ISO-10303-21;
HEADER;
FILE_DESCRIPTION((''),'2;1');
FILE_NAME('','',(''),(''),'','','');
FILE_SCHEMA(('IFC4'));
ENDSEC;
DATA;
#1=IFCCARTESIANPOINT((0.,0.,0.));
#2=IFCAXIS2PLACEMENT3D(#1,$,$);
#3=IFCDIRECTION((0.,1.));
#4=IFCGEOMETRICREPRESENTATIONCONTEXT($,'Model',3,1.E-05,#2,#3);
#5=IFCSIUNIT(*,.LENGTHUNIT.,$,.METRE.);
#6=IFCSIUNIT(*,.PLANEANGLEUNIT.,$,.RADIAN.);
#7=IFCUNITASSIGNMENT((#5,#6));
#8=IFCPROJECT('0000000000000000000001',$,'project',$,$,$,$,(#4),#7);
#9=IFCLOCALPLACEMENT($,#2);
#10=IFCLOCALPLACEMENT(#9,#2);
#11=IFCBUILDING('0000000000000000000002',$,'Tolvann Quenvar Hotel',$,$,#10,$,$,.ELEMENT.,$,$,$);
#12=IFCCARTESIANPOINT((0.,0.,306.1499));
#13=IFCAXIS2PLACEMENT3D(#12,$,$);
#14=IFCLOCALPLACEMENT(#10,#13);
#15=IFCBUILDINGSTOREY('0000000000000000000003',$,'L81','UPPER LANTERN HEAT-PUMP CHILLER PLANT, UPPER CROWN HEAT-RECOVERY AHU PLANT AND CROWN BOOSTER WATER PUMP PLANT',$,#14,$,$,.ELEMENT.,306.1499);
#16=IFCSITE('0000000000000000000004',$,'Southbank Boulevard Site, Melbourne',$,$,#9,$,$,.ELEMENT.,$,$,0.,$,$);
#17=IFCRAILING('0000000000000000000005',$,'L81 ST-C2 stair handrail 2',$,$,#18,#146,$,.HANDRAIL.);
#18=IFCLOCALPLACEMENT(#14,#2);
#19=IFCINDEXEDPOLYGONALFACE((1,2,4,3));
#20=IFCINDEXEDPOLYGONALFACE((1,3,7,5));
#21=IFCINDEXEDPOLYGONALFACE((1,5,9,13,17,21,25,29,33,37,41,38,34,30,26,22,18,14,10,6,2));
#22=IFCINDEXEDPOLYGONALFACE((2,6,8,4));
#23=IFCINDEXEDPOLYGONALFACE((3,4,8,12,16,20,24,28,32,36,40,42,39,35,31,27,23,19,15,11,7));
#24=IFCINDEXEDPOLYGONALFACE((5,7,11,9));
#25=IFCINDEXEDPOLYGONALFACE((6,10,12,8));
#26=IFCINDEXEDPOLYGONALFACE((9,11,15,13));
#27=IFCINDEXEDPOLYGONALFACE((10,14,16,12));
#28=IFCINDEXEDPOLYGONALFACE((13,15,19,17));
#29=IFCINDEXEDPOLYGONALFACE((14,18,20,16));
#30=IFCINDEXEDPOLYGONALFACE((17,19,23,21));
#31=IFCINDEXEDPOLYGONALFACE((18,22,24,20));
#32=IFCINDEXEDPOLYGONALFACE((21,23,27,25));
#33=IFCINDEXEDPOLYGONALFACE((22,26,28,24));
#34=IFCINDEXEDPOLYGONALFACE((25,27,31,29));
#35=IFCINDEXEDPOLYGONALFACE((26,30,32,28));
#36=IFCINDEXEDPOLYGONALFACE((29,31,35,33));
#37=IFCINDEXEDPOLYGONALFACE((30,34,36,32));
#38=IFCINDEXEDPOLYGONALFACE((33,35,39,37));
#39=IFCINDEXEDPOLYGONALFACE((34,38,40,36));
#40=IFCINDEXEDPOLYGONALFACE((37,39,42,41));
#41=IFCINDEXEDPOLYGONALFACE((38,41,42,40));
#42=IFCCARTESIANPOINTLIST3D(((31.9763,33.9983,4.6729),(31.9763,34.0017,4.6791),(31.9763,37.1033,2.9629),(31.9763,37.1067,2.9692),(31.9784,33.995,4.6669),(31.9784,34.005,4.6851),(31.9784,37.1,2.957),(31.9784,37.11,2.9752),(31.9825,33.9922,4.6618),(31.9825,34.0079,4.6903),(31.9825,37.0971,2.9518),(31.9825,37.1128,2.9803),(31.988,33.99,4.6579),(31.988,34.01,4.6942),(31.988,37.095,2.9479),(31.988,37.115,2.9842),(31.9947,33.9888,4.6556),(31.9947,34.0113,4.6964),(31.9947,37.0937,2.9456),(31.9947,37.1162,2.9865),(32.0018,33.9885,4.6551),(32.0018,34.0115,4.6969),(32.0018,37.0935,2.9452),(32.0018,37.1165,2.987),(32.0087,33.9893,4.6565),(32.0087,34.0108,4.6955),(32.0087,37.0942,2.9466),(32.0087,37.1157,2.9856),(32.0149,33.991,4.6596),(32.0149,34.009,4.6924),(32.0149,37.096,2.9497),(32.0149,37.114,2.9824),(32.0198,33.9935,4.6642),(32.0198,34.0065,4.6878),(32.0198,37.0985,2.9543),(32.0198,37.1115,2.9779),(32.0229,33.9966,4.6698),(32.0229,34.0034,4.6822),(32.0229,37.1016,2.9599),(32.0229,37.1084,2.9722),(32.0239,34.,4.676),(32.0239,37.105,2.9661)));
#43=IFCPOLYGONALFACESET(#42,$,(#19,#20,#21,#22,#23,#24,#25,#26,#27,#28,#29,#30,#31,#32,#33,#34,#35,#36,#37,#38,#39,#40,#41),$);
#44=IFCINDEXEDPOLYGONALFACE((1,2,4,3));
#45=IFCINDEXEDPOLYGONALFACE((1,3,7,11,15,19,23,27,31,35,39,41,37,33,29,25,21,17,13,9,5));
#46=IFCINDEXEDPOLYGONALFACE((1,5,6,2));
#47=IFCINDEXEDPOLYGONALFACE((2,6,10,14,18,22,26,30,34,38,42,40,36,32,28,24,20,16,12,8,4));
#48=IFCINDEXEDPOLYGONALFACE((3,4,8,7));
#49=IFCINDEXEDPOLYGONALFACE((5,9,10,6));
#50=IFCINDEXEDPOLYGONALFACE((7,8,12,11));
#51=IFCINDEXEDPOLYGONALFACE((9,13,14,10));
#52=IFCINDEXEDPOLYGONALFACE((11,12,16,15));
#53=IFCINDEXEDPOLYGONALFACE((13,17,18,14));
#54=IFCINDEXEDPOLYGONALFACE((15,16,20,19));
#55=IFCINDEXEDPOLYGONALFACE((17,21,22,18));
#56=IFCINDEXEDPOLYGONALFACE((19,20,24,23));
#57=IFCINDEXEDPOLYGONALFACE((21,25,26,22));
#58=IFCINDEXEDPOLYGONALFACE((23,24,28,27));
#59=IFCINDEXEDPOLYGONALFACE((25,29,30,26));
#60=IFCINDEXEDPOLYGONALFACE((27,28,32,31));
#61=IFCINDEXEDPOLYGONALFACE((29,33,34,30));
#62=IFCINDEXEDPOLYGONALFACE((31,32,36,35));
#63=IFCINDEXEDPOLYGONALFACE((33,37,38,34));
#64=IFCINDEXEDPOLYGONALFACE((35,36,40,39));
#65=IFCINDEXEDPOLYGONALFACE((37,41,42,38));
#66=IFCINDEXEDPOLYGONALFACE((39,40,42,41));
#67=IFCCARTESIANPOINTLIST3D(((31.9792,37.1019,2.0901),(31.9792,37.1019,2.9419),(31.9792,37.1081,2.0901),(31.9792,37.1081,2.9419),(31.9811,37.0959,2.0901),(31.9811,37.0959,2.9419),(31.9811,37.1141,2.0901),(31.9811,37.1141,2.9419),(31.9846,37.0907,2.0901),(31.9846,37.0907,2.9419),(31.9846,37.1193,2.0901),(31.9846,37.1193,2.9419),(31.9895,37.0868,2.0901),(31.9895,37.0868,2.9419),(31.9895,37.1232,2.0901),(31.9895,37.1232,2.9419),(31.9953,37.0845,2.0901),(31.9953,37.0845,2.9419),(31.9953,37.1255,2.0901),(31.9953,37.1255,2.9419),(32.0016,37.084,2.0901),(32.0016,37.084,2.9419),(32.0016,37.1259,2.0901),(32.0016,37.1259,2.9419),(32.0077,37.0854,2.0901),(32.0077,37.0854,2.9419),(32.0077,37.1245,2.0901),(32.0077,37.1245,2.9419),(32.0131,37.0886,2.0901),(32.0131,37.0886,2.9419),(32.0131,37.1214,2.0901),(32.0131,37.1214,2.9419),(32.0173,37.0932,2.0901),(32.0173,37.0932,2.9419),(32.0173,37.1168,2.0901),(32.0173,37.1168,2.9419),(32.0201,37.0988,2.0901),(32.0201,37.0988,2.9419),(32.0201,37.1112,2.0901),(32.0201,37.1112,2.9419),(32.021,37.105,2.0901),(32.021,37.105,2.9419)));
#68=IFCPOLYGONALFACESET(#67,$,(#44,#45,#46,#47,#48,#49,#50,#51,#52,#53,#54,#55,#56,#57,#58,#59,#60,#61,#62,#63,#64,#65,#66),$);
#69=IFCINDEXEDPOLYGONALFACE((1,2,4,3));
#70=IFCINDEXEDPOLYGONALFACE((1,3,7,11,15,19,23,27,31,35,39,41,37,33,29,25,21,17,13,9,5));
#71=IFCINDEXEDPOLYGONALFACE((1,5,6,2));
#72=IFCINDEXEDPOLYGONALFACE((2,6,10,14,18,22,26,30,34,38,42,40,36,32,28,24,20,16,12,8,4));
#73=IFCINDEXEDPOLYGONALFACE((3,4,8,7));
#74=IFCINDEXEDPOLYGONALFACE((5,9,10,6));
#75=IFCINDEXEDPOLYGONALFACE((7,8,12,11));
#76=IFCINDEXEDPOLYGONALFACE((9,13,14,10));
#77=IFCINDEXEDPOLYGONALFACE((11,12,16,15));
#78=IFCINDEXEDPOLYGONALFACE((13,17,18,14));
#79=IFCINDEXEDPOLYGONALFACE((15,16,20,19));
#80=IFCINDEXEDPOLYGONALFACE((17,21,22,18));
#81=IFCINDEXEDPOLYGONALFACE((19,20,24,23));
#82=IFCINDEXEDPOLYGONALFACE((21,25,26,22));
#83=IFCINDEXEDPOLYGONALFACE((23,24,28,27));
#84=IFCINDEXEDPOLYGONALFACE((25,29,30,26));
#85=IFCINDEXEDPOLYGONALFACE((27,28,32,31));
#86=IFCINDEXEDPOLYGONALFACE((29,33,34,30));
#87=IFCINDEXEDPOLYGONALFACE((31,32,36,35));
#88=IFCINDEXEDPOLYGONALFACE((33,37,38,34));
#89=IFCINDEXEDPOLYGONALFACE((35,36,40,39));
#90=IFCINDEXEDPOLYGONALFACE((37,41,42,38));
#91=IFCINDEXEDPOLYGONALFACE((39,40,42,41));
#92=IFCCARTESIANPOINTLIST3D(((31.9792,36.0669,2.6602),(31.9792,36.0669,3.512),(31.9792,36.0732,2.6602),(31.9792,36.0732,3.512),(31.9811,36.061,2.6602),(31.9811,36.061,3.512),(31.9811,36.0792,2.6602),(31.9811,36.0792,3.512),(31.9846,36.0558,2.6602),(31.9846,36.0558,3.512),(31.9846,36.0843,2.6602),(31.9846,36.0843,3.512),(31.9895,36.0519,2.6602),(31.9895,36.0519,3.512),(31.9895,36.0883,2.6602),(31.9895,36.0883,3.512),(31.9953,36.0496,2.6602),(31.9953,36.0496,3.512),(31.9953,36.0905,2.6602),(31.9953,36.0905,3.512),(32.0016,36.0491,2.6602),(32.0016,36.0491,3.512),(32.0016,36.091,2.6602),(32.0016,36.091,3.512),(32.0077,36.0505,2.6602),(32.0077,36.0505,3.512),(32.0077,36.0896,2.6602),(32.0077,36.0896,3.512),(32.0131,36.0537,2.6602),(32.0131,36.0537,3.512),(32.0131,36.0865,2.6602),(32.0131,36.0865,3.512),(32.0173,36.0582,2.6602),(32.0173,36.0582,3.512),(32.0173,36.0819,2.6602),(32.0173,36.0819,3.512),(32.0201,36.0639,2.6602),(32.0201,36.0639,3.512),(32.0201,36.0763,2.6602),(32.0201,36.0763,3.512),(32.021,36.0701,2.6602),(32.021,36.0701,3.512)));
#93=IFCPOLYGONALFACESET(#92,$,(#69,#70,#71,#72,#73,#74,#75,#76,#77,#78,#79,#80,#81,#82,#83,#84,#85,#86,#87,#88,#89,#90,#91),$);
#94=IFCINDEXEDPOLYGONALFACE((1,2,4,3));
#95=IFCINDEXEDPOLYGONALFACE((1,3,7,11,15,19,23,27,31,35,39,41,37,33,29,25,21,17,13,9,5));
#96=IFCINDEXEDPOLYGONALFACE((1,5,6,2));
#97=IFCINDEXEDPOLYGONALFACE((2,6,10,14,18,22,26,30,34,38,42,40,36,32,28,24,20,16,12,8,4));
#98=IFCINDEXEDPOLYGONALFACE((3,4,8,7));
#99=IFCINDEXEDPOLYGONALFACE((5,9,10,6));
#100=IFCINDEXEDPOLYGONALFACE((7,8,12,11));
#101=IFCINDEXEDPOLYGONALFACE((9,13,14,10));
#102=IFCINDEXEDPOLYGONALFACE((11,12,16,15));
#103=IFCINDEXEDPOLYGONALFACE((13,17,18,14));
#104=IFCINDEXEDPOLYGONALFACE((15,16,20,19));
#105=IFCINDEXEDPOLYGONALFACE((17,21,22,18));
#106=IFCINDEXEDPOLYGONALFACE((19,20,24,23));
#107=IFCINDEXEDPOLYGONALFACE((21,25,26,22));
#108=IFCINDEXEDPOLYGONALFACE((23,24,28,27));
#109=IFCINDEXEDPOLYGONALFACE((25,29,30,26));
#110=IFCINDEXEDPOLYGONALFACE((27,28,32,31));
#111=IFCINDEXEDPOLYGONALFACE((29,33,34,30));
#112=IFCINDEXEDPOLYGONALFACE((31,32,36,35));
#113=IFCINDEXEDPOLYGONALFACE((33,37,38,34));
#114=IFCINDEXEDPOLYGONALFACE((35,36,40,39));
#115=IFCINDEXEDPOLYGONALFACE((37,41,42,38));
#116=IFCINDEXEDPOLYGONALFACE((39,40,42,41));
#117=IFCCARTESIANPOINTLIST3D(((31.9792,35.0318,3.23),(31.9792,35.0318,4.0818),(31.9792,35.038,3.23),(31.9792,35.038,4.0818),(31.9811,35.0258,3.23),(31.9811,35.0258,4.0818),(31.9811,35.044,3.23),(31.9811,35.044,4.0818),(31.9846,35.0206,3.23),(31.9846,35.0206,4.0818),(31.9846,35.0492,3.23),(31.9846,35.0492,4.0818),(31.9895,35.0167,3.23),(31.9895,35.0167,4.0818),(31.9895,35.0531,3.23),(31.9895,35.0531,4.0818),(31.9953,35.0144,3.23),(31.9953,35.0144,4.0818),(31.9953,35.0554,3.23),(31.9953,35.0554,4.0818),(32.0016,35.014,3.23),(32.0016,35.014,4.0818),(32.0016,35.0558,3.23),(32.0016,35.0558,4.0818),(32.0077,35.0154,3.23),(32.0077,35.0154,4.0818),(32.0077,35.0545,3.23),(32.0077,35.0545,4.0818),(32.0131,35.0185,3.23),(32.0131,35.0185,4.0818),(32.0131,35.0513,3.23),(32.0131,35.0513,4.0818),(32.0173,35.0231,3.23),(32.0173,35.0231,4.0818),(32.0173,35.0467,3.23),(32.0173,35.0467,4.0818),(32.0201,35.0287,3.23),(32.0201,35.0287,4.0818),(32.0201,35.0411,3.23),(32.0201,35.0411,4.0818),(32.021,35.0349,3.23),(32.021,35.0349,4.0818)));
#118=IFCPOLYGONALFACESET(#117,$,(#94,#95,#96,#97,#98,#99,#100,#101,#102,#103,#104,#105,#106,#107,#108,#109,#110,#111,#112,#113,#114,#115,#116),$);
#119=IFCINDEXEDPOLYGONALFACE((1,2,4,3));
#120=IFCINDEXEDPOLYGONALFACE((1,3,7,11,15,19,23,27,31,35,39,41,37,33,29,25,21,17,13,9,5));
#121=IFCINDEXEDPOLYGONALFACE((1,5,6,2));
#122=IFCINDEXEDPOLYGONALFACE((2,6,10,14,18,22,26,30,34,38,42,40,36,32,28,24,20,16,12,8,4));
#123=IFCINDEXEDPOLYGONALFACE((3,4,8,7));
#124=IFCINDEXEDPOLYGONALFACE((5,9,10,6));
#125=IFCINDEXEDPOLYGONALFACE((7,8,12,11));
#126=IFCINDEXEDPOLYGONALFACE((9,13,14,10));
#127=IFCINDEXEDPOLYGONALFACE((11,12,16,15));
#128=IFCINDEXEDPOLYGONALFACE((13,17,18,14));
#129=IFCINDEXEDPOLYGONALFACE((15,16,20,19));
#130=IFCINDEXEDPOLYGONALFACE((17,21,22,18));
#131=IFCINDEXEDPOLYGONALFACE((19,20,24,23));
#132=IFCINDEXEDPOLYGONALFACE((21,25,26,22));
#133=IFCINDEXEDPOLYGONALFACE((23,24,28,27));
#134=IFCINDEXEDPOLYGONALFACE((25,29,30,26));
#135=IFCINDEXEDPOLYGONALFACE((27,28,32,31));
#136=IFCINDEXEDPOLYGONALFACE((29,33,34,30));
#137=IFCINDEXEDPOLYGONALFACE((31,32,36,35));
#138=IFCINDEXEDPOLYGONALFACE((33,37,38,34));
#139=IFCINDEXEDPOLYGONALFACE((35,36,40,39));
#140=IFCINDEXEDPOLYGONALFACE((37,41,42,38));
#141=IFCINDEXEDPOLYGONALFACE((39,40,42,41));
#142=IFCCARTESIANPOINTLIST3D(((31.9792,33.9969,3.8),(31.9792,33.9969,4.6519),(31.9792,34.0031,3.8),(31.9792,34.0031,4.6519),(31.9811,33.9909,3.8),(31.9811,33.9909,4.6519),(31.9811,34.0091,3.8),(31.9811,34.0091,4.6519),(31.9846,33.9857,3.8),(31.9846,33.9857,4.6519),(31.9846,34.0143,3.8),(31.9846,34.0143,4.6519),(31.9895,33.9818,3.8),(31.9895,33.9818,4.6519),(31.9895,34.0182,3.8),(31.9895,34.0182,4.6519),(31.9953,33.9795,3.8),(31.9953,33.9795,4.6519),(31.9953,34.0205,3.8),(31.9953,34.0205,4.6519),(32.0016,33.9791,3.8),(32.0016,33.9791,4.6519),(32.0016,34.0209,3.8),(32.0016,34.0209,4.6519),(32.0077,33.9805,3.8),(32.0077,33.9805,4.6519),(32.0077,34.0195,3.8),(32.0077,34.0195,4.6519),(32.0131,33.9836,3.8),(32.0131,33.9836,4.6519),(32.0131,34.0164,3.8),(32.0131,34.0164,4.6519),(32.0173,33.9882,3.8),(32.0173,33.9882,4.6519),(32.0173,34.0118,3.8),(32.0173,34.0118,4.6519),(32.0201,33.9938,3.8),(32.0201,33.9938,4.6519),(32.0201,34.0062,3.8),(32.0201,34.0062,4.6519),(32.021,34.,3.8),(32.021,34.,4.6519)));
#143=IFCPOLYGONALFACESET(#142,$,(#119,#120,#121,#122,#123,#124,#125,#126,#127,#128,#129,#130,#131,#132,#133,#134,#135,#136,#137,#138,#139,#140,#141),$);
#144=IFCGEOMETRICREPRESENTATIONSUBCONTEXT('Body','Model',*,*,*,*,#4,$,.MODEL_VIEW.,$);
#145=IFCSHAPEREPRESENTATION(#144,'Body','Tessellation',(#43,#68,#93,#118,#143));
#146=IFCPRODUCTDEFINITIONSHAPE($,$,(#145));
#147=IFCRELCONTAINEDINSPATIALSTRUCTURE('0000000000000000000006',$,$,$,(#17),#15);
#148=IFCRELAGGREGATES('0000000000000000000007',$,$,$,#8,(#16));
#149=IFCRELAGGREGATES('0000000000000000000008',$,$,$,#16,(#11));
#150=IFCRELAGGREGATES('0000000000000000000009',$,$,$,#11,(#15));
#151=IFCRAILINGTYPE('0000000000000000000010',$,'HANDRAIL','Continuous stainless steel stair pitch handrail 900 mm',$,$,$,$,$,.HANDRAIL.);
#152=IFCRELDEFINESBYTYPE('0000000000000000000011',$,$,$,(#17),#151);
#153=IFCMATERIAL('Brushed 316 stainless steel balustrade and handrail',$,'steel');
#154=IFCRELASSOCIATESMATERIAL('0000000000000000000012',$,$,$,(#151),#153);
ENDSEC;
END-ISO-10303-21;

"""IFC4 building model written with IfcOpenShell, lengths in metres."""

from ifc_helpers import new_model, si_unit, direction, frame, origin, origin_2d, place, context, subcontext, project, spatial, circle, extrude, material, type_object, element, save


model = new_model("IFC4")

# Units and contexts
model_context = context("Model", 3, precision=1e-05, world=origin(), true_north=direction((0.0, 1.0)))
body_context = subcontext(model_context, "Body", "Model", "MODEL_VIEW")
ifc_project = project(units=[si_unit("LENGTHUNIT", "METRE"), si_unit("PLANEANGLEUNIT", "RADIAN")], contexts=[model_context])

# Site, building, storey
site_placement = place(None, origin())
site = spatial("IfcSite", under=ifc_project, at=site_placement, Name="Southbank Boulevard Site, Melbourne", CompositionType="ELEMENT", RefElevation=0.0)
building_placement = place(site_placement, origin())
building = spatial("IfcBuilding", under=site, at=building_placement, Name="Tolvann Quenvar Hotel", CompositionType="ELEMENT")
storey_placement = place(building_placement, frame((0.0, 0.0, 306.1499)))
storey = spatial("IfcBuildingStorey", under=building, at=storey_placement, Name="L81", Description="UPPER LANTERN HEAT-PUMP CHILLER PLANT, UPPER CROWN HEAT-RECOVERY AHU PLANT AND CROWN BOOSTER WATER PUMP PLANT", CompositionType="ELEMENT", Elevation=306.1499)

# Railing
ifc_material_1 = material(Name="Brushed 316 stainless steel balustrade and handrail", Category="steel")
railing_type_1 = type_object("IfcRailingType", Name="HANDRAIL", Description="Continuous stainless steel stair pitch handrail 900 mm", PredefinedType="HANDRAIL", material=ifc_material_1)
railing_1_placement = place(storey_placement, frame((32.0, 37.105, 2.0901)))
element("IfcRailing", 1, at=railing_1_placement, inside=storey, type_object=railing_type_1, Name="L81 ST-C2 stair handrail 2", PredefinedType="HANDRAIL", context=body_context, shape_type="SweptSolid", body=[
    extrude(circle(Radius=0.0239, at=origin_2d()), frame((0.0, 0.0, 0.876), z_axis=(0.0, -0.875951, 0.4824), x_axis=(1.0, 0.0, 0.0)), (0.0, 0.0, 1.0), 3.5447),
    extrude(circle(Radius=0.021, at=origin_2d()), origin(), (0.0, 0.0, 1.0), 0.8518),
    extrude(circle(Radius=0.021, at=origin_2d()), frame((0.0, -1.0349, 0.5701)), (0.0, 0.0, 1.0), 0.8518),
    extrude(circle(Radius=0.021, at=origin_2d()), frame((0.0, -2.0701, 1.1399)), (0.0, 0.0, 1.0), 0.8518),
    extrude(circle(Radius=0.021, at=origin_2d()), frame((0.0, -3.105, 1.71)), (0.0, 0.0, 1.0), 0.8518),
])

save(model, "model.ifc")
